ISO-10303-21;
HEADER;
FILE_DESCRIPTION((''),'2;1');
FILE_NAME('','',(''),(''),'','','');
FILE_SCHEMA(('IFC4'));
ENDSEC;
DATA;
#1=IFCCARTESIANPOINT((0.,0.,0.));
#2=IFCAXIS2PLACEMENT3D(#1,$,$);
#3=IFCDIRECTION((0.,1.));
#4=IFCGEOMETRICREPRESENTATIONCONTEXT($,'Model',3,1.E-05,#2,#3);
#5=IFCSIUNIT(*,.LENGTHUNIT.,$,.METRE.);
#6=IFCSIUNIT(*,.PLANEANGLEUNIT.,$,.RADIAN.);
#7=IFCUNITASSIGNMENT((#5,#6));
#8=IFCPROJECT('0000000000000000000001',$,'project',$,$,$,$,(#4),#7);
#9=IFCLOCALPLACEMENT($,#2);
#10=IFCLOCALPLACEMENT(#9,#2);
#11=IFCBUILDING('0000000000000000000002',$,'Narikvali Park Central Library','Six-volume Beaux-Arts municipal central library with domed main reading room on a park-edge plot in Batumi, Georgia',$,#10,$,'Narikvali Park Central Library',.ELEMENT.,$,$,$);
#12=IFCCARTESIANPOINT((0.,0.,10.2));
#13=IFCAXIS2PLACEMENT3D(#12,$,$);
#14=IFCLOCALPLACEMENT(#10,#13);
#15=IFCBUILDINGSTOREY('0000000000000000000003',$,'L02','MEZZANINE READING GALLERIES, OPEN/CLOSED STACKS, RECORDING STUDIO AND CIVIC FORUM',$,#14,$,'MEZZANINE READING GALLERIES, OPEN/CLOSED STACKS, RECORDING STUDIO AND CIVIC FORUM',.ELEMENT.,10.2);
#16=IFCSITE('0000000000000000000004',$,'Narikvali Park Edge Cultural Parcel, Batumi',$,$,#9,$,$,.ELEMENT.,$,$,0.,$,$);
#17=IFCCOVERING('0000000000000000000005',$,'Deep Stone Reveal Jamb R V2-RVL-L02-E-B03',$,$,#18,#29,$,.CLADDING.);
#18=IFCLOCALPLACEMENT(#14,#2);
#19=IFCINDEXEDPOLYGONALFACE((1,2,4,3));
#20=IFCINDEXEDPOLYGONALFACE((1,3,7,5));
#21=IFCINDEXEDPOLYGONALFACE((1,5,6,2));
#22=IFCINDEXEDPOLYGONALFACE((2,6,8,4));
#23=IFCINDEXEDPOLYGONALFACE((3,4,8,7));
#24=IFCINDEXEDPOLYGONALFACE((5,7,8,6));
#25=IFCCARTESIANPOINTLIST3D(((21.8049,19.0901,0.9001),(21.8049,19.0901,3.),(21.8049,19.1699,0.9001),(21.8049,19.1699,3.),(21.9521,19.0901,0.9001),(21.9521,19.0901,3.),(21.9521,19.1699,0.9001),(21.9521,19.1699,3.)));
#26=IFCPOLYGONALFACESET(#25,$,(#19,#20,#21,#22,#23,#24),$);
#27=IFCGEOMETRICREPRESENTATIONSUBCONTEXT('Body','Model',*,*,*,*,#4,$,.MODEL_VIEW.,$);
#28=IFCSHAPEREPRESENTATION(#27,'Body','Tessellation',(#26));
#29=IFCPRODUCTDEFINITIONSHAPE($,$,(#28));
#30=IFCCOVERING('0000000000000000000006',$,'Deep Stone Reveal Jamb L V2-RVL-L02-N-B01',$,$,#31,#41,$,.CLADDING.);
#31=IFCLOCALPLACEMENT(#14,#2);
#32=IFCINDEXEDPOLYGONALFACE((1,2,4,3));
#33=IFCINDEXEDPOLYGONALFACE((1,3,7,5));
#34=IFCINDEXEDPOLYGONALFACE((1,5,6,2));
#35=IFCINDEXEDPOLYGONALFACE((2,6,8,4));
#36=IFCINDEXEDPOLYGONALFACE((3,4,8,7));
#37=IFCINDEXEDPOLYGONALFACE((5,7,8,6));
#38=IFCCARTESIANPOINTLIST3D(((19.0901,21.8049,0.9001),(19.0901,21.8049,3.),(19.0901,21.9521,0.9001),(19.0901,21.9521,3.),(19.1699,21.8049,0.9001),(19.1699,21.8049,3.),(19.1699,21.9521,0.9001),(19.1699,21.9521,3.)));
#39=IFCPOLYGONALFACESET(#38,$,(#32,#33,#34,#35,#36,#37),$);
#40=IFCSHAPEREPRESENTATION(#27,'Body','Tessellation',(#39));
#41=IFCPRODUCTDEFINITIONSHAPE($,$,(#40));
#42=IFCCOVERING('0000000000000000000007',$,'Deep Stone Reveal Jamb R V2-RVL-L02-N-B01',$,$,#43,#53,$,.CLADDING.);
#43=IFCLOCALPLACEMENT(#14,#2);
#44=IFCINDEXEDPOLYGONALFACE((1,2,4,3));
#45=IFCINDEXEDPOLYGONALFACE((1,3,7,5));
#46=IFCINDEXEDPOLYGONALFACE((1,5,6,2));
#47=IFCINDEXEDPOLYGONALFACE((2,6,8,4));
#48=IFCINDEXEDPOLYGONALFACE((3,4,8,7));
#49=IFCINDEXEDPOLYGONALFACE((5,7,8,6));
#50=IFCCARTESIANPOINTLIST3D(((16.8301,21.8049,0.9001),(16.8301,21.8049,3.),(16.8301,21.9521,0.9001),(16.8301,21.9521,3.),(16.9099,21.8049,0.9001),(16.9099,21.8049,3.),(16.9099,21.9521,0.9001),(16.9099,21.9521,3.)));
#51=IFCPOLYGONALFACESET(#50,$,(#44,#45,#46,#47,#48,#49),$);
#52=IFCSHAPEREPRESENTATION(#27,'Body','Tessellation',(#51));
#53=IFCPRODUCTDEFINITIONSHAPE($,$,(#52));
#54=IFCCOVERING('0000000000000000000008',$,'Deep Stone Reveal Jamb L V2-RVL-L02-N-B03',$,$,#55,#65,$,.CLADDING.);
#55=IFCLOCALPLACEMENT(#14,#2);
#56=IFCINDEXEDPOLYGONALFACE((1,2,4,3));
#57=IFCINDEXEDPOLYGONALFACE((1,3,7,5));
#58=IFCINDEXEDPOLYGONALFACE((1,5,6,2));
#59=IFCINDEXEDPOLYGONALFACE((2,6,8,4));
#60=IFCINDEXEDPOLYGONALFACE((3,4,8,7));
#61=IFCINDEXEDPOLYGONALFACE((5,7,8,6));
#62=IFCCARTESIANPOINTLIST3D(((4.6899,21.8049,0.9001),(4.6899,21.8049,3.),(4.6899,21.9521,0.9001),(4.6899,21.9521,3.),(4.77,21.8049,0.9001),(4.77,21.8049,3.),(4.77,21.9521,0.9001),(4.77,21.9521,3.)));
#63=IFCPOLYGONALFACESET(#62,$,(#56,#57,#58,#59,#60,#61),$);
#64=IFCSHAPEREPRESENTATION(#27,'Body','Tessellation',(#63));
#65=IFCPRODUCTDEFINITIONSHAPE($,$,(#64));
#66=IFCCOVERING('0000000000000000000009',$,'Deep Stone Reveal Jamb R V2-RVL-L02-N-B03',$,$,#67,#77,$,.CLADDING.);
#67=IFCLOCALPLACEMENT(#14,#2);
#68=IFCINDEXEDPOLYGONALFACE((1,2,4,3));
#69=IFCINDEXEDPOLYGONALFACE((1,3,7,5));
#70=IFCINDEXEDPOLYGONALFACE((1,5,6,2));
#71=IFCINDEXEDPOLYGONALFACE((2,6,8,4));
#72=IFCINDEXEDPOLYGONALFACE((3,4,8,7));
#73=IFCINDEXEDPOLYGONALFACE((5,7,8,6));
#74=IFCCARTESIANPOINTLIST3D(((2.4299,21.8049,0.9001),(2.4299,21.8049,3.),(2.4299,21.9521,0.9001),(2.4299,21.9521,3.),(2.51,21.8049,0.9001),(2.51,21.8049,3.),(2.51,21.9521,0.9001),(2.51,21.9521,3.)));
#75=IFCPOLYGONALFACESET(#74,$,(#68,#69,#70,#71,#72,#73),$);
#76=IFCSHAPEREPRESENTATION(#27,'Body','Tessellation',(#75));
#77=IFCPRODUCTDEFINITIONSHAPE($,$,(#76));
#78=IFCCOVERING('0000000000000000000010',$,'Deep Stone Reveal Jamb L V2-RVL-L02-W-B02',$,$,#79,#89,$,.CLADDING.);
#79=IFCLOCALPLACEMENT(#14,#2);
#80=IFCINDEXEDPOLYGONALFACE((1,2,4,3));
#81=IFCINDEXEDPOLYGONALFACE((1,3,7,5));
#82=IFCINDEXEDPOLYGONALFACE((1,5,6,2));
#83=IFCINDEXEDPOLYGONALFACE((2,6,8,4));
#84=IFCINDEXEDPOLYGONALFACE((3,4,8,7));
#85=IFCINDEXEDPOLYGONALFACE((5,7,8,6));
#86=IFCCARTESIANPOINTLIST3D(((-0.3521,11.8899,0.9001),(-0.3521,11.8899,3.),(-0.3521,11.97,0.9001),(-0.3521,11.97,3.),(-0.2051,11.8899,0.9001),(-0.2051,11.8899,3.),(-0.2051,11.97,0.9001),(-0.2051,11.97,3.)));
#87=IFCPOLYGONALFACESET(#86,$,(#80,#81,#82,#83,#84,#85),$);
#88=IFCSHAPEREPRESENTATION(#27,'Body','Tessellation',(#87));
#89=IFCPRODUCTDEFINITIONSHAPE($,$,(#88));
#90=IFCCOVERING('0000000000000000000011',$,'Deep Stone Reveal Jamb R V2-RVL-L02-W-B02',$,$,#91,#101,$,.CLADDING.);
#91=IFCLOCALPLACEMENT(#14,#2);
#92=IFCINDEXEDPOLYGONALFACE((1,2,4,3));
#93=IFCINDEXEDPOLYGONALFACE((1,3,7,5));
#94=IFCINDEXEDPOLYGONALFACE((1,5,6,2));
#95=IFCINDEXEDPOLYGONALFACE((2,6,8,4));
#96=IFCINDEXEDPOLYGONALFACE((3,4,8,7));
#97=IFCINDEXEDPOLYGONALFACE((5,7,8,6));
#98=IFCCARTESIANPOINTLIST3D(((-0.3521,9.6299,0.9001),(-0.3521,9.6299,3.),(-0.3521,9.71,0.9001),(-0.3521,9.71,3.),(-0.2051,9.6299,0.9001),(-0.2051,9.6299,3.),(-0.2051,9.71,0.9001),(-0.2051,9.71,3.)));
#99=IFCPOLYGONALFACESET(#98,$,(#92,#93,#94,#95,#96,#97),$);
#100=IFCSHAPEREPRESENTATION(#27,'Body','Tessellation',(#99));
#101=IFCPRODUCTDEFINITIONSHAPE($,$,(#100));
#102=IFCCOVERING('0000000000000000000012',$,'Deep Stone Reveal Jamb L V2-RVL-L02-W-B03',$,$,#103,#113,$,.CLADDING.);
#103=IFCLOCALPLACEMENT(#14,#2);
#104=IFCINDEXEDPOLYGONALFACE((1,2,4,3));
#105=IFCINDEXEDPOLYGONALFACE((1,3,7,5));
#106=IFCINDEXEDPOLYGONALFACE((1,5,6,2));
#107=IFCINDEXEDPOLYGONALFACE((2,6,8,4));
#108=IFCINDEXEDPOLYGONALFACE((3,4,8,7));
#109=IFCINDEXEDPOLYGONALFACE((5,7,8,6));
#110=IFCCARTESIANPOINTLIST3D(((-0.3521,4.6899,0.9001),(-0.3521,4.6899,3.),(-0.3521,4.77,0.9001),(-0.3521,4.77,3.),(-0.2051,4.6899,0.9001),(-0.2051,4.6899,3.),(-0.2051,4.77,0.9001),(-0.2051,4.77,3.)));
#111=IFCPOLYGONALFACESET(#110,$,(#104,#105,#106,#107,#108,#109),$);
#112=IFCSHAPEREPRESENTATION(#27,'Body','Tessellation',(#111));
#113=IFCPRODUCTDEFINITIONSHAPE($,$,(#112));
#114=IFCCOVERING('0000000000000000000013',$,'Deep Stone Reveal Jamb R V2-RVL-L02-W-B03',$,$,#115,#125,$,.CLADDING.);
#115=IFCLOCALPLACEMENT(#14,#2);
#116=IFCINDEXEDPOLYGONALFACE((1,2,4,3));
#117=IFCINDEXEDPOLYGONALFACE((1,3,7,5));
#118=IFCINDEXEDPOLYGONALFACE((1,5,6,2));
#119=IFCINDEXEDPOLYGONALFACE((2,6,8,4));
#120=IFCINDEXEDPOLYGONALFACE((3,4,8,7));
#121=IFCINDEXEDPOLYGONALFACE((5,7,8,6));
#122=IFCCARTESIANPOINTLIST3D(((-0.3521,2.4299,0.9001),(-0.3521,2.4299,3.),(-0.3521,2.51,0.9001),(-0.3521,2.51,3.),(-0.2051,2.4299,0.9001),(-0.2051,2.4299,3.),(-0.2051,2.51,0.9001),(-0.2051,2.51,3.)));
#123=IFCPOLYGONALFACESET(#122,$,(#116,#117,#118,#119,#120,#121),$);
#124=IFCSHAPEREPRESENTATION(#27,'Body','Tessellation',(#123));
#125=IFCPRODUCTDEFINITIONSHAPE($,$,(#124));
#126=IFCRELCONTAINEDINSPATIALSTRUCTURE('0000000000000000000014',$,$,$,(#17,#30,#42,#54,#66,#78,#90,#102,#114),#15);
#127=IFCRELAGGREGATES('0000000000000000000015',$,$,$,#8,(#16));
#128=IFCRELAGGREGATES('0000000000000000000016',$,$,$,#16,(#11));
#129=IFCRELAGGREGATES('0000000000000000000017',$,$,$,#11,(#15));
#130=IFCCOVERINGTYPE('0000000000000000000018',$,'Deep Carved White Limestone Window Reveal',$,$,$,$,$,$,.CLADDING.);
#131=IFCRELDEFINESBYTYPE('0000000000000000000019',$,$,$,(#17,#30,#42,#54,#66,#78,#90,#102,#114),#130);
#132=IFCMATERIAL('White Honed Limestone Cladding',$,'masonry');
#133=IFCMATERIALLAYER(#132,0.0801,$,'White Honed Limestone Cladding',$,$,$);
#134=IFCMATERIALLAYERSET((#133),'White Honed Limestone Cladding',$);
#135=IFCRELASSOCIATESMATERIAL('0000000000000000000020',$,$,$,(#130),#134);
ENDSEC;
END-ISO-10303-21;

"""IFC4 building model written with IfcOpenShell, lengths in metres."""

from ifc_helpers import new_model, si_unit, direction, frame, origin, place, context, subcontext, project, spatial, polyline, outline, extrude, material, layer, layer_set, type_object, element, save


model = new_model("IFC4")

# Units and contexts
model_context = context("Model", 3, precision=1e-05, world=origin(), true_north=direction((0.0, 1.0)))
body_context = subcontext(model_context, "Body", "Model", "MODEL_VIEW")
ifc_project = project(units=[si_unit("LENGTHUNIT", "METRE"), si_unit("PLANEANGLEUNIT", "RADIAN")], contexts=[model_context])

# Site, building, storey
site_placement = place(None, origin())
site = spatial("IfcSite", under=ifc_project, at=site_placement, Name="Narikvali Park Edge Cultural Parcel, Batumi", CompositionType="ELEMENT", RefElevation=0.0)
building_placement = place(site_placement, origin())
building = spatial("IfcBuilding", under=site, at=building_placement, Name="Narikvali Park Central Library", Description="Six-volume Beaux-Arts municipal central library with domed main reading room on a park-edge plot in Batumi, Georgia", LongName="Narikvali Park Central Library", CompositionType="ELEMENT")
storey_placement = place(building_placement, frame((0.0, 0.0, 10.2)))
storey = spatial("IfcBuildingStorey", under=building, at=storey_placement, Name="L02", Description="MEZZANINE READING GALLERIES, OPEN/CLOSED STACKS, RECORDING STUDIO AND CIVIC FORUM", LongName="MEZZANINE READING GALLERIES, OPEN/CLOSED STACKS, RECORDING STUDIO AND CIVIC FORUM", CompositionType="ELEMENT", Elevation=10.2)

# Coverings
ifc_material = material(Name="White Honed Limestone Cladding", Category="masonry")
ifc_layer = layer(ifc_material, 0.0801, Name="White Honed Limestone Cladding")
ifc_layer_set = layer_set([ifc_layer], Name="White Honed Limestone Cladding")
covering_type = type_object("IfcCoveringType", Name="Deep Carved White Limestone Window Reveal", PredefinedType="CLADDING", material=ifc_layer_set)
covering_1_placement = place(storey_placement, frame((0.0, 0.0, 0.9001)))
element("IfcCovering", 1, at=covering_1_placement, inside=storey, type_object=covering_type, Name="Deep Stone Reveal Jamb R V2-RVL-L02-E-B03", PredefinedType="CLADDING", context=body_context, shape_type="SweptSolid", body=[
    extrude(outline(polyline([(21.8049, 19.0901), (21.8049, 19.1699), (21.9521, 19.1699), (21.9521, 19.0901), (21.8049, 19.0901)])), origin(), (0.0, 0.0, 1.0), 2.0999),
])
covering_2_placement = place(storey_placement, frame((0.0, 0.0, 0.9001)))
element("IfcCovering", 2, at=covering_2_placement, inside=storey, type_object=covering_type, Name="Deep Stone Reveal Jamb L V2-RVL-L02-N-B01", PredefinedType="CLADDING", context=body_context, shape_type="SweptSolid", body=[
    extrude(outline(polyline([(19.1699, 21.8049), (19.0901, 21.8049), (19.0901, 21.9521), (19.1699, 21.9521), (19.1699, 21.8049)])), origin(), (0.0, 0.0, 1.0), 2.0999),
])
covering_3_placement = place(storey_placement, frame((0.0, 0.0, 0.9001)))
element("IfcCovering", 3, at=covering_3_placement, inside=storey, type_object=covering_type, Name="Deep Stone Reveal Jamb R V2-RVL-L02-N-B01", PredefinedType="CLADDING", context=body_context, shape_type="SweptSolid", body=[
    extrude(outline(polyline([(16.9099, 21.8049), (16.8301, 21.8049), (16.8301, 21.9521), (16.9099, 21.9521), (16.9099, 21.8049)])), origin(), (0.0, 0.0, 1.0), 2.0999),
])
covering_4_placement = place(storey_placement, frame((0.0, 0.0, 0.9001)))
element("IfcCovering", 4, at=covering_4_placement, inside=storey, type_object=covering_type, Name="Deep Stone Reveal Jamb L V2-RVL-L02-N-B03", PredefinedType="CLADDING", context=body_context, shape_type="SweptSolid", body=[
    extrude(outline(polyline([(4.77, 21.8049), (4.6899, 21.8049), (4.6899, 21.9521), (4.77, 21.9521), (4.77, 21.8049)])), origin(), (0.0, 0.0, 1.0), 2.0999),
])
covering_5_placement = place(storey_placement, frame((0.0, 0.0, 0.9001)))
element("IfcCovering", 5, at=covering_5_placement, inside=storey, type_object=covering_type, Name="Deep Stone Reveal Jamb R V2-RVL-L02-N-B03", PredefinedType="CLADDING", context=body_context, shape_type="SweptSolid", body=[
    extrude(outline(polyline([(2.51, 21.8049), (2.4299, 21.8049), (2.4299, 21.9521), (2.51, 21.9521), (2.51, 21.8049)])), origin(), (0.0, 0.0, 1.0), 2.0999),
])
covering_6_placement = place(storey_placement, frame((0.0, 0.0, 0.9001)))
element("IfcCovering", 6, at=covering_6_placement, inside=storey, type_object=covering_type, Name="Deep Stone Reveal Jamb L V2-RVL-L02-W-B02", PredefinedType="CLADDING", context=body_context, shape_type="SweptSolid", body=[
    extrude(outline(polyline([(-0.2051, 11.97), (-0.2051, 11.8899), (-0.3521, 11.8899), (-0.3521, 11.97), (-0.2051, 11.97)])), origin(), (0.0, 0.0, 1.0), 2.0999),
])
covering_7_placement = place(storey_placement, frame((0.0, 0.0, 0.9001)))
element("IfcCovering", 7, at=covering_7_placement, inside=storey, type_object=covering_type, Name="Deep Stone Reveal Jamb R V2-RVL-L02-W-B02", PredefinedType="CLADDING", context=body_context, shape_type="SweptSolid", body=[
    extrude(outline(polyline([(-0.2051, 9.71), (-0.2051, 9.6299), (-0.3521, 9.6299), (-0.3521, 9.71), (-0.2051, 9.71)])), origin(), (0.0, 0.0, 1.0), 2.0999),
])
covering_8_placement = place(storey_placement, frame((0.0, 0.0, 0.9001)))
element("IfcCovering", 8, at=covering_8_placement, inside=storey, type_object=covering_type, Name="Deep Stone Reveal Jamb L V2-RVL-L02-W-B03", PredefinedType="CLADDING", context=body_context, shape_type="SweptSolid", body=[
    extrude(outline(polyline([(-0.2051, 4.77), (-0.2051, 4.6899), (-0.3521, 4.6899), (-0.3521, 4.77), (-0.2051, 4.77)])), origin(), (0.0, 0.0, 1.0), 2.0999),
])
covering_9_placement = place(storey_placement, frame((0.0, 0.0, 0.9001)))
element("IfcCovering", 9, at=covering_9_placement, inside=storey, type_object=covering_type, Name="Deep Stone Reveal Jamb R V2-RVL-L02-W-B03", PredefinedType="CLADDING", context=body_context, shape_type="SweptSolid", body=[
    extrude(outline(polyline([(-0.2051, 2.51), (-0.2051, 2.4299), (-0.3521, 2.4299), (-0.3521, 2.51), (-0.2051, 2.51)])), origin(), (0.0, 0.0, 1.0), 2.0999),
])

save(model, "model.ifc")
